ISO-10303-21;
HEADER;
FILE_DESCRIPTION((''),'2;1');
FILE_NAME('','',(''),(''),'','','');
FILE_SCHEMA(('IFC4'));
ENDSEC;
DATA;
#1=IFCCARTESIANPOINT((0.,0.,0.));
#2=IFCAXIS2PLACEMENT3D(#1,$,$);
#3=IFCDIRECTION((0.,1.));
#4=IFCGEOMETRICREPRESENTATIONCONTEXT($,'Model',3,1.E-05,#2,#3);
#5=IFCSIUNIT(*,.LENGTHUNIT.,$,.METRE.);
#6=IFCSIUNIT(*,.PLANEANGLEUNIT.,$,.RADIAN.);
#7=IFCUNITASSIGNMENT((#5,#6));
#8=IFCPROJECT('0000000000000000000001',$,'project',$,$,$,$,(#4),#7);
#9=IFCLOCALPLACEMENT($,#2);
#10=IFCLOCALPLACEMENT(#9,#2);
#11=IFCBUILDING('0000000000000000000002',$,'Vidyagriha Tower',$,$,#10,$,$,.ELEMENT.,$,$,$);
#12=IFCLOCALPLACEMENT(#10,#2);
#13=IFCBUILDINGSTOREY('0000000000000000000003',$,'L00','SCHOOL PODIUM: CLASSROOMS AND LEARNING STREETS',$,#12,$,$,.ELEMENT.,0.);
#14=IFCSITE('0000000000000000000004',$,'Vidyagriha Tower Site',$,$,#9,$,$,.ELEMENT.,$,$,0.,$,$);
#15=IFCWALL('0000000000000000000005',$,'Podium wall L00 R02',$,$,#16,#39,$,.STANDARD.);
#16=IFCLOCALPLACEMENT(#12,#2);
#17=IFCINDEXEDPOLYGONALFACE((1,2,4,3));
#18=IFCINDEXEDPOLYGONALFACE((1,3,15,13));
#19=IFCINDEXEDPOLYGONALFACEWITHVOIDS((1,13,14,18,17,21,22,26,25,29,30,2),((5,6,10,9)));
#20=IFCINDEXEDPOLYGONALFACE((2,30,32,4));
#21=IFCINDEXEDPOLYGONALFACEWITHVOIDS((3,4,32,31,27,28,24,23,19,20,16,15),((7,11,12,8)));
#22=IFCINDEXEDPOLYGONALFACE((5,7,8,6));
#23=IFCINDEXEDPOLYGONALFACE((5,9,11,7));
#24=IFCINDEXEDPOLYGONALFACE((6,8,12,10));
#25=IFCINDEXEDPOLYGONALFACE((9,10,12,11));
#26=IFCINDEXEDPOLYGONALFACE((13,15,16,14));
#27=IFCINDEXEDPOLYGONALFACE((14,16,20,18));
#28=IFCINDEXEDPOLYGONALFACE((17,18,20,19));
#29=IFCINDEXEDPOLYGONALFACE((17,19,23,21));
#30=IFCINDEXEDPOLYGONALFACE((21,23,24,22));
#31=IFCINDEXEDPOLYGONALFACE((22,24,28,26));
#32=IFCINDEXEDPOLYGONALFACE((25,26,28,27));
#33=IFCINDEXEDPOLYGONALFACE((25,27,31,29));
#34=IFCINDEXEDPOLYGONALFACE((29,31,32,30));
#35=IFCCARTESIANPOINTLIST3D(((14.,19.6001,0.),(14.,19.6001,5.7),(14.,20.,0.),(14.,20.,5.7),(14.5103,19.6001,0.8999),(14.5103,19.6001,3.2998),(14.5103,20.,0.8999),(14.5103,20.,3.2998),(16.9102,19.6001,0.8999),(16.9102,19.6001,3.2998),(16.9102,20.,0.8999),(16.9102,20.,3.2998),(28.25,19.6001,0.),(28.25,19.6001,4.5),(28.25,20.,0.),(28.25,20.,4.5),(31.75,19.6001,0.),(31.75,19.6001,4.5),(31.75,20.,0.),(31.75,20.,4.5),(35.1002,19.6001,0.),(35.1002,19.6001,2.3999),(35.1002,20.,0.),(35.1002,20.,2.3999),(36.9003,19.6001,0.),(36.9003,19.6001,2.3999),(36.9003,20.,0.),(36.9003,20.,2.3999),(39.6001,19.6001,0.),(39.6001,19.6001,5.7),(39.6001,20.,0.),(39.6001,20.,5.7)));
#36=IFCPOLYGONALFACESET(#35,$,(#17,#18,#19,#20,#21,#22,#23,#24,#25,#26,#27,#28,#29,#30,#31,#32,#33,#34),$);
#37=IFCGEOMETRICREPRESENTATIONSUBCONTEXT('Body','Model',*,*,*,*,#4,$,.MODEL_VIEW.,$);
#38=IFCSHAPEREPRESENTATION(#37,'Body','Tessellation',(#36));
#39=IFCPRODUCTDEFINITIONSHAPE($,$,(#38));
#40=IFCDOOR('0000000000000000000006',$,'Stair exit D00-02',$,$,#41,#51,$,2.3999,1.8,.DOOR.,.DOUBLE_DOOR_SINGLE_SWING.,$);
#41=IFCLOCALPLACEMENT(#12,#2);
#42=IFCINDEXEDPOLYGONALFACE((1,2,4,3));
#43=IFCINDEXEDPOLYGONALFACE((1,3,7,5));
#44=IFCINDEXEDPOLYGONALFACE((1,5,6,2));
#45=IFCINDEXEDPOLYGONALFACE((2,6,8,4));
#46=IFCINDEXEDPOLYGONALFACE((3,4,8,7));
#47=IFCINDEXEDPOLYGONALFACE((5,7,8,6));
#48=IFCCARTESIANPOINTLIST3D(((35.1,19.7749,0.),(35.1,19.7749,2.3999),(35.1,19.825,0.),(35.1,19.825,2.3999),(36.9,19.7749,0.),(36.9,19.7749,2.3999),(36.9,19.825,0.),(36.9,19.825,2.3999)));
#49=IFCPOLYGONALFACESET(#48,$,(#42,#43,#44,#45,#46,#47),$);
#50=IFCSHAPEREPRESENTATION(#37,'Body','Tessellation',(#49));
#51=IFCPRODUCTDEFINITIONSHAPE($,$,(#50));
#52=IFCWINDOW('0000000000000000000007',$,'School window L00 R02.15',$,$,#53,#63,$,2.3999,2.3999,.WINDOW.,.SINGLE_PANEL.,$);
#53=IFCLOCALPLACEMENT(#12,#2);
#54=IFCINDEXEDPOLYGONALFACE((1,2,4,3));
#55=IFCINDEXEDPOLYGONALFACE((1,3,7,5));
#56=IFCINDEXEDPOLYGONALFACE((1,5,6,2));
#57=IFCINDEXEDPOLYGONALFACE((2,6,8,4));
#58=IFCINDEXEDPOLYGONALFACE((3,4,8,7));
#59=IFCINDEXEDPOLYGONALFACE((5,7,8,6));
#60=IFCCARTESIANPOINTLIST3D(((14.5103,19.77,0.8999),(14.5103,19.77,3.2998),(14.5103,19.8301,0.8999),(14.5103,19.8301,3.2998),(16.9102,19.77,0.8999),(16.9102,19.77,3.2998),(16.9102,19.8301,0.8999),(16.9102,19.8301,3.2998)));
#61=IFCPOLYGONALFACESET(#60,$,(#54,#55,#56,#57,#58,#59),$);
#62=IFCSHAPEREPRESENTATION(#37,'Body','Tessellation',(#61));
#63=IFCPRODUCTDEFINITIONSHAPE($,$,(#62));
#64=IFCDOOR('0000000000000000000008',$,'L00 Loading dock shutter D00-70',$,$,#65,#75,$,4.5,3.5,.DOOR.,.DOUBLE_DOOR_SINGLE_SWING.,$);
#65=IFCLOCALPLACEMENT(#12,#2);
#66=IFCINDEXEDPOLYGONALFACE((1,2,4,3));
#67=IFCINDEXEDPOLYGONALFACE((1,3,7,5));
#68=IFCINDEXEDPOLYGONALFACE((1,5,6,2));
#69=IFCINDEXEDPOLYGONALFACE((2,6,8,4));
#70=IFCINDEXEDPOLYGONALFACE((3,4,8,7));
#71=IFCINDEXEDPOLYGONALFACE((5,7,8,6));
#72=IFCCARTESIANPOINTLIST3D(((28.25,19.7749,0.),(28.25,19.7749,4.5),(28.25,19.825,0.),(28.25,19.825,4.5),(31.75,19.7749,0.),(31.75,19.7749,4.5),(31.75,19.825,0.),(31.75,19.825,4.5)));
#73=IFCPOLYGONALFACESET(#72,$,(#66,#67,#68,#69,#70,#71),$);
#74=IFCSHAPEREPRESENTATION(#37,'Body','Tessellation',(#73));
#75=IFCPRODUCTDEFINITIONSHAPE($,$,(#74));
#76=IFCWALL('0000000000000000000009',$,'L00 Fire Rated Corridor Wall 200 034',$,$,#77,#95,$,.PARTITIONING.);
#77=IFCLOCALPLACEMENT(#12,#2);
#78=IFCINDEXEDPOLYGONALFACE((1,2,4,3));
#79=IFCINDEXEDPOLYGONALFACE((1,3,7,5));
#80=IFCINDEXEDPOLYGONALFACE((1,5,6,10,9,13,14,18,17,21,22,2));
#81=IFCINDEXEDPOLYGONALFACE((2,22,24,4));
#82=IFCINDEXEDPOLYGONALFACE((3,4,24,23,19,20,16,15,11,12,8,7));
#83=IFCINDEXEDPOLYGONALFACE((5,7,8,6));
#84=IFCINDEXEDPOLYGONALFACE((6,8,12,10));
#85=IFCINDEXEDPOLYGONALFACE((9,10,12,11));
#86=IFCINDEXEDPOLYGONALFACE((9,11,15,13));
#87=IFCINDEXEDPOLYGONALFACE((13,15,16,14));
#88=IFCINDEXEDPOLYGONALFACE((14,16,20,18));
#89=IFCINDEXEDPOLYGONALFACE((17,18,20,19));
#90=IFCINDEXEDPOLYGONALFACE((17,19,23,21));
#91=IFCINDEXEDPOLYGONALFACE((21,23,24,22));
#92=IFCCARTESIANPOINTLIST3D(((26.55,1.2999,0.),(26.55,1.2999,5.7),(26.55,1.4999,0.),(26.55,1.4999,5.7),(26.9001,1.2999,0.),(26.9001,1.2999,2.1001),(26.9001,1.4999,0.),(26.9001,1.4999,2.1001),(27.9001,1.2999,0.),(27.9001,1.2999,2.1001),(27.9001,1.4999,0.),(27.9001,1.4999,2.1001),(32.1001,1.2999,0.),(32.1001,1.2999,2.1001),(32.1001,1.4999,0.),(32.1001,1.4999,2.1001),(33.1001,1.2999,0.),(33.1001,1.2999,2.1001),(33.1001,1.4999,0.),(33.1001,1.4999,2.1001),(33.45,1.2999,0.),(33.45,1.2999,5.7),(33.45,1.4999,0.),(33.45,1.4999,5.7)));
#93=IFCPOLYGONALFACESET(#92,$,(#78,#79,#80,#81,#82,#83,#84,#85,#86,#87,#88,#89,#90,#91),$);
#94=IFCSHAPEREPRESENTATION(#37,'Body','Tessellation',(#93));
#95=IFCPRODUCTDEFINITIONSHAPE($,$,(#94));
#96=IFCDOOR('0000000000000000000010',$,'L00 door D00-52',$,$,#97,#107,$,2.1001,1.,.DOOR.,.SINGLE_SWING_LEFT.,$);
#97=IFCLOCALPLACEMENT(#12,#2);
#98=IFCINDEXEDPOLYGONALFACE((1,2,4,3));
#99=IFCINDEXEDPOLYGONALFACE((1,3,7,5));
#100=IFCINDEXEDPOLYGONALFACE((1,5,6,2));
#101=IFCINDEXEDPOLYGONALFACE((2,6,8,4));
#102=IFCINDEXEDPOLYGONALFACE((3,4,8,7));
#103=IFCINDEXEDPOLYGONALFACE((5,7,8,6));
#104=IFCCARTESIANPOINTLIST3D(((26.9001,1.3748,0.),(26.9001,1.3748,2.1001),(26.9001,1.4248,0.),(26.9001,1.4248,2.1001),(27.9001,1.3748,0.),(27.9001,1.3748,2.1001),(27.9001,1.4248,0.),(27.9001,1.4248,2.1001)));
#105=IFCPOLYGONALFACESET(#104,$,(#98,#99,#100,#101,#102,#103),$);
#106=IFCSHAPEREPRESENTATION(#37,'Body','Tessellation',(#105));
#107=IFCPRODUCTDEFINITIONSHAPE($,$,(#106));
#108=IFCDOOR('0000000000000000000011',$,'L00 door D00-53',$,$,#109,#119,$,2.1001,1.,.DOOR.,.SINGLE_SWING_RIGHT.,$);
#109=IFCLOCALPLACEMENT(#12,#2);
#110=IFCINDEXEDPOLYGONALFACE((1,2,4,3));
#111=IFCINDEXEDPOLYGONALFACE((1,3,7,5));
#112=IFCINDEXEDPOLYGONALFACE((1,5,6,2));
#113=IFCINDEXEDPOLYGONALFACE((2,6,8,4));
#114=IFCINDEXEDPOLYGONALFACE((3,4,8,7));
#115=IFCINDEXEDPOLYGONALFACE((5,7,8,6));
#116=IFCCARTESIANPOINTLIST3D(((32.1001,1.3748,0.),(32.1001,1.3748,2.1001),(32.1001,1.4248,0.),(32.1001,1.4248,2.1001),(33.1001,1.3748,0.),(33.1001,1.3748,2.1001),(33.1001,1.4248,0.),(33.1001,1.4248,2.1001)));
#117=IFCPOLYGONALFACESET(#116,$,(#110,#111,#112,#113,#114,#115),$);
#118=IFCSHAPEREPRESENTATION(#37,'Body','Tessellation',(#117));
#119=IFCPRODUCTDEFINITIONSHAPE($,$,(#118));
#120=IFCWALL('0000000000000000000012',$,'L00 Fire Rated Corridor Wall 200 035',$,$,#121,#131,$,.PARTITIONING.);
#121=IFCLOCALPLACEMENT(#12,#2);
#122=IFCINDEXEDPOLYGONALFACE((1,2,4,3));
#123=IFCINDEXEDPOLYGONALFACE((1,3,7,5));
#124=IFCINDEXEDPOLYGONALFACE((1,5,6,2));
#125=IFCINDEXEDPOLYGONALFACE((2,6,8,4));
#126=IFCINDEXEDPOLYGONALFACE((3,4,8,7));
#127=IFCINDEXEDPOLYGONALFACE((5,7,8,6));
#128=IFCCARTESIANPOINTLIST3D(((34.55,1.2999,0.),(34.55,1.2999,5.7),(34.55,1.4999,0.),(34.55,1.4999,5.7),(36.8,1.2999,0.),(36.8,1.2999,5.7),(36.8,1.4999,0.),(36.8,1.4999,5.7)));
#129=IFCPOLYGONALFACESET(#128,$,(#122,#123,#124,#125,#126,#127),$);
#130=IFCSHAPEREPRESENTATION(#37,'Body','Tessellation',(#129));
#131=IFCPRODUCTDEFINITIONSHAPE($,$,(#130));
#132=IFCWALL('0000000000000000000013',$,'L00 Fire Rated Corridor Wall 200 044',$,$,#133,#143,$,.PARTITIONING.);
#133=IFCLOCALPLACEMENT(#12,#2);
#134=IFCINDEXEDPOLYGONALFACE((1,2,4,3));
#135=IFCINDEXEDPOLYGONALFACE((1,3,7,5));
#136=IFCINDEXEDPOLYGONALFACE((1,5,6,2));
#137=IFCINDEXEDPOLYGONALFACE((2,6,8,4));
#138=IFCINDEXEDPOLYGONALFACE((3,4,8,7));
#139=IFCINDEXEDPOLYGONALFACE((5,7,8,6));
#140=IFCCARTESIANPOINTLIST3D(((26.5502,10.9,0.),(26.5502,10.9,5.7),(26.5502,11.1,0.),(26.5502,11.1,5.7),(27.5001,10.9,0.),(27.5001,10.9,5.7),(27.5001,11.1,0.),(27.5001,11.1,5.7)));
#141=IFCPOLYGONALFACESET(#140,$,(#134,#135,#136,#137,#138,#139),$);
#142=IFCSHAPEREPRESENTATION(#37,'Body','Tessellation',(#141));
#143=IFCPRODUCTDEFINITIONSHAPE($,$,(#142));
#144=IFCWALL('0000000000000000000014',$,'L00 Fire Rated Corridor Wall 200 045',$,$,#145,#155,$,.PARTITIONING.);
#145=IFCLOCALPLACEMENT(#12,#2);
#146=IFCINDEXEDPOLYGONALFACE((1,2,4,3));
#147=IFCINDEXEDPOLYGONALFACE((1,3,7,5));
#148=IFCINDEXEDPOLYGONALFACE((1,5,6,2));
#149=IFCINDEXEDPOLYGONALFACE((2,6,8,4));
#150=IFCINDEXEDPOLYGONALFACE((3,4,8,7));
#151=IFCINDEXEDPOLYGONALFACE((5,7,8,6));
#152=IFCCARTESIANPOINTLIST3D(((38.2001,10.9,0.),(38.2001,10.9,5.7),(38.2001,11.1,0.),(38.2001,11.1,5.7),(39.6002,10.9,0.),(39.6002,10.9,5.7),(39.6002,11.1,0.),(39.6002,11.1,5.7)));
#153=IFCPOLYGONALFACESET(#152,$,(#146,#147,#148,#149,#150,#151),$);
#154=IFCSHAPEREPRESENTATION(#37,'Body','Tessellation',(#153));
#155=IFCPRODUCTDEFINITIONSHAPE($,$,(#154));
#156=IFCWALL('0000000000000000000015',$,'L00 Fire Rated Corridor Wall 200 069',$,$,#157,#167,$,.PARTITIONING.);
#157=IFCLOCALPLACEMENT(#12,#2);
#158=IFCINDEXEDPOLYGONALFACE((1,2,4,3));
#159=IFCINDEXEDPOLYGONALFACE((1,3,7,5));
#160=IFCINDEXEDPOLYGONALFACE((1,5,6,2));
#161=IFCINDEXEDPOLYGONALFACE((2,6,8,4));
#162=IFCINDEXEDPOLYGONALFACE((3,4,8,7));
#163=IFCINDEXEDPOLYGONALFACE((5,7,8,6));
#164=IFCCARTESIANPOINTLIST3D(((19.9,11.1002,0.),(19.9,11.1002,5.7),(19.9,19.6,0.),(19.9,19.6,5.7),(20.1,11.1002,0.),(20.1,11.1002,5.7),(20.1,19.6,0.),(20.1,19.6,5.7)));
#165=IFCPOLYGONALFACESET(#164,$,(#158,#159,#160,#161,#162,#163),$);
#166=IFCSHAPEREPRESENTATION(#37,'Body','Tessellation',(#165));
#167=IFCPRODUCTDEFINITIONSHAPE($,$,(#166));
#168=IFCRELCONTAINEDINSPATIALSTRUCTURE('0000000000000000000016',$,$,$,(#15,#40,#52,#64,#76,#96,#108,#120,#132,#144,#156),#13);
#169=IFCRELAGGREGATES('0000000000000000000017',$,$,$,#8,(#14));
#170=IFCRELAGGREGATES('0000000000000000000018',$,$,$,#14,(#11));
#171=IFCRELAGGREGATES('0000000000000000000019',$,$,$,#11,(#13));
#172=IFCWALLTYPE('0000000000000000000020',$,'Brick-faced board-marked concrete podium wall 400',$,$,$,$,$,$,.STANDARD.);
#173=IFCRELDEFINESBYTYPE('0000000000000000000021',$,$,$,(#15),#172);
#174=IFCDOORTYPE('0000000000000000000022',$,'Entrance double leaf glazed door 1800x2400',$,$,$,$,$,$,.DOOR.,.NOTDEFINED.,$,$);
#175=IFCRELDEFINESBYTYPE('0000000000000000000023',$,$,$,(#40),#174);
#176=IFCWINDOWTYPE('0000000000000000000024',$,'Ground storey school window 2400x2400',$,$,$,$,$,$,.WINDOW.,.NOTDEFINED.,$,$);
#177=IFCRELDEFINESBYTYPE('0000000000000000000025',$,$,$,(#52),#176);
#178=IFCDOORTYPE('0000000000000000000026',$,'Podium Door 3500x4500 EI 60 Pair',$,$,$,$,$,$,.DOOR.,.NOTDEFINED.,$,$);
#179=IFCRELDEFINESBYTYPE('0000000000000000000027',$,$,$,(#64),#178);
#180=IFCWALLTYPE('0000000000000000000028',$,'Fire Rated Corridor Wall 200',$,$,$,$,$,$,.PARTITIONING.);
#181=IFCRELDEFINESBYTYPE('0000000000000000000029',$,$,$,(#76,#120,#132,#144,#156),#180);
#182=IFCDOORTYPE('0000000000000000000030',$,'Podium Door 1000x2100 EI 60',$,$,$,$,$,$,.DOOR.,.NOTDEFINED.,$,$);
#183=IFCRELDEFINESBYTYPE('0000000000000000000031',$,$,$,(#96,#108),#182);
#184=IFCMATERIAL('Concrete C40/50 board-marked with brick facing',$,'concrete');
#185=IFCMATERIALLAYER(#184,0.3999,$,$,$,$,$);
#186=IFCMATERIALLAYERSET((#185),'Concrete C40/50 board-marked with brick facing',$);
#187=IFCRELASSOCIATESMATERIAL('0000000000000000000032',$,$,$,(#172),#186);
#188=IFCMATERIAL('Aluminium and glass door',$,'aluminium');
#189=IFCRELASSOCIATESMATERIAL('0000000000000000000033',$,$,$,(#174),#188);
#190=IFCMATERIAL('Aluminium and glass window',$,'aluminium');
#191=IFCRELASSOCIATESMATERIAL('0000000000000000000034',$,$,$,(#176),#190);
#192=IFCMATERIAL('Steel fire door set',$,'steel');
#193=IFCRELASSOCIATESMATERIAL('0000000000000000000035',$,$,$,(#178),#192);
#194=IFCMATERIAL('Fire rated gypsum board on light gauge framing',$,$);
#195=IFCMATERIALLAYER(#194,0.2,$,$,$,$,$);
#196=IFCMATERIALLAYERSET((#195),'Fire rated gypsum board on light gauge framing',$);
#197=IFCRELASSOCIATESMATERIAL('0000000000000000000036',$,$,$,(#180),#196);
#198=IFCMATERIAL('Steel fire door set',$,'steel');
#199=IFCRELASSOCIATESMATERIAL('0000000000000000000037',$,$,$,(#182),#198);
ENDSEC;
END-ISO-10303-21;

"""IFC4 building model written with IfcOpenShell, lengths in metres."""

from ifc_helpers import new_model, si_unit, direction, frame, frame_2d, origin, place, context, subcontext, project, spatial, rectangle, extrude, material, layer, layer_set, type_object, element, fill, save


model = new_model("IFC4")

# Units and contexts
model_context = context("Model", 3, precision=1e-05, world=origin(), true_north=direction((0.0, 1.0)))
body_context = subcontext(model_context, "Body", "Model", "MODEL_VIEW")
ifc_project = project(units=[si_unit("LENGTHUNIT", "METRE"), si_unit("PLANEANGLEUNIT", "RADIAN")], contexts=[model_context])

# Site, building, storey
site_placement = place(None, origin())
site = spatial("IfcSite", under=ifc_project, at=site_placement, Name="Vidyagriha Tower Site", CompositionType="ELEMENT", RefElevation=0.0)
building_placement = place(site_placement, origin())
building = spatial("IfcBuilding", under=site, at=building_placement, Name="Vidyagriha Tower", CompositionType="ELEMENT")
storey_placement = place(building_placement, origin())
storey = spatial("IfcBuildingStorey", under=building, at=storey_placement, Name="L00", Description="SCHOOL PODIUM: CLASSROOMS AND LEARNING STREETS", CompositionType="ELEMENT", Elevation=0.0)

# Wall, openings, doors, window
ifc_material_1 = material(Name="Concrete C40/50 board-marked with brick facing", Category="concrete")
ifc_layer_1 = layer(ifc_material_1, 0.3999)
ifc_layer_set_1 = layer_set([ifc_layer_1], Name="Concrete C40/50 board-marked with brick facing")
wall_type_1 = type_object("IfcWallType", Name="Brick-faced board-marked concrete podium wall 400", PredefinedType="STANDARD", material=ifc_layer_set_1)
wall_1_placement = place(storey_placement, frame((39.6001, 19.8, 0.0), z_axis=(0.0, 0.0, 1.0), x_axis=(-1.0, 0.0, 0.0)))
wall_1 = element("IfcWall", 1, at=wall_1_placement, inside=storey, type_object=wall_type_1, Name="Podium wall L00 R02", PredefinedType="STANDARD", context=body_context, shape_type="SweptSolid", body=[
    extrude(rectangle(XDim=25.6001, YDim=0.3999, at=frame_2d((12.8, 0.0))), origin(), (0.0, 0.0, 1.0), 5.7),
])
opening_1_placement = place(wall_1_placement, frame((2.7, 0.0, 0.0)))
opening_1 = element("IfcOpeningElement", 2, at=opening_1_placement, cuts=wall_1, PredefinedType="OPENING", context=body_context, shape_type="SweptSolid", body=[
    extrude(rectangle(XDim=1.8, YDim=2.3999, at=frame_2d((0.8999, 1.2))), frame((0.0, 0.21, 0.0), z_axis=(0.0, -1.0, 0.0), x_axis=(1.0, 0.0, 0.0)), (0.0, 0.0, 1.0), 0.4199),
])
opening_2_placement = place(wall_1_placement, frame((22.6899, 0.0, 0.8999)))
opening_2 = element("IfcOpeningElement", 3, at=opening_2_placement, cuts=wall_1, PredefinedType="OPENING", context=body_context, shape_type="SweptSolid", body=[
    extrude(rectangle(XDim=2.3999, YDim=2.3999, at=frame_2d((1.2, 1.2))), frame((0.0, 0.21, 0.0), z_axis=(0.0, -1.0, 0.0), x_axis=(1.0, 0.0, 0.0)), (0.0, 0.0, 1.0), 0.4199),
])
opening_3_placement = place(wall_1_placement, frame((7.8501, 0.0, 0.0)))
opening_3 = element("IfcOpeningElement", 4, at=opening_3_placement, cuts=wall_1, PredefinedType="OPENING", context=body_context, shape_type="SweptSolid", body=[
    extrude(rectangle(XDim=3.5, YDim=4.5, at=frame_2d((1.75, 2.25))), frame((0.0, 0.21, 0.0), z_axis=(0.0, -1.0, 0.0), x_axis=(1.0, 0.0, 0.0)), (0.0, 0.0, 1.0), 0.4199),
])
ifc_material_2 = material(Name="Aluminium and glass door", Category="aluminium")
door_type_1 = type_object("IfcDoorType", Name="Entrance double leaf glazed door 1800x2400", OperationType="NOTDEFINED", PredefinedType="DOOR", material=ifc_material_2)
door_1_placement = place(opening_1_placement, frame((1.8, 0.0, 0.0), z_axis=(0.0, 0.0, 1.0), x_axis=(-1.0, 0.0, 0.0)))
door_1 = element("IfcDoor", 5, at=door_1_placement, inside=storey, type_object=door_type_1, Name="Stair exit D00-02", OperationType="DOUBLE_DOOR_SINGLE_SWING", OverallHeight=2.3999, OverallWidth=1.8, PredefinedType="DOOR", context=body_context, shape_type="SweptSolid", body=[
    extrude(rectangle(XDim=1.8, YDim=2.3999, at=frame_2d((0.8999, 1.2))), frame((0.0, 0.0249, 0.0), z_axis=(0.0, -1.0, 0.0), x_axis=(1.0, 0.0, 0.0)), (0.0, 0.0, 1.0), 0.05),
])
fill(opening_1, door_1)
ifc_material_3 = material(Name="Aluminium and glass window", Category="aluminium")
window_type = type_object("IfcWindowType", Name="Ground storey school window 2400x2400", PartitioningType="NOTDEFINED", PredefinedType="WINDOW", material=ifc_material_3)
window_placement = place(opening_2_placement, origin())
window = element("IfcWindow", 6, at=window_placement, inside=storey, type_object=window_type, Name="School window L00 R02.15", OverallHeight=2.3999, OverallWidth=2.3999, PartitioningType="SINGLE_PANEL", PredefinedType="WINDOW", context=body_context, shape_type="SweptSolid", body=[
    extrude(rectangle(XDim=2.3999, YDim=2.3999, at=frame_2d((1.2, 1.2))), frame((0.0, 0.03, 0.0), z_axis=(0.0, -1.0, 0.0), x_axis=(1.0, 0.0, 0.0)), (0.0, 0.0, 1.0), 0.0601),
])
fill(opening_2, window)
ifc_material_4 = material(Name="Steel fire door set", Category="steel")
door_type_2 = type_object("IfcDoorType", Name="Podium Door 3500x4500 EI 60 Pair", OperationType="NOTDEFINED", PredefinedType="DOOR", material=ifc_material_4)
door_2_placement = place(opening_3_placement, frame((3.5, 0.0, 0.0), z_axis=(0.0, 0.0, 1.0), x_axis=(-1.0, 0.0, 0.0)))
door_2 = element("IfcDoor", 7, at=door_2_placement, inside=storey, type_object=door_type_2, Name="L00 Loading dock shutter D00-70", OperationType="DOUBLE_DOOR_SINGLE_SWING", OverallHeight=4.5, OverallWidth=3.5, PredefinedType="DOOR", context=body_context, shape_type="SweptSolid", body=[
    extrude(rectangle(XDim=3.5, YDim=4.5, at=frame_2d((1.75, 2.25))), frame((0.0, 0.0249, 0.0), z_axis=(0.0, -1.0, 0.0), x_axis=(1.0, 0.0, 0.0)), (0.0, 0.0, 1.0), 0.05),
])
fill(opening_3, door_2)

# Wall, openings, doors
ifc_material_5 = material(Name="Fire rated gypsum board on light gauge framing")
ifc_layer_2 = layer(ifc_material_5, 0.2)
ifc_layer_set_2 = layer_set([ifc_layer_2], Name="Fire rated gypsum board on light gauge framing")
wall_type_2 = type_object("IfcWallType", Name="Fire Rated Corridor Wall 200", PredefinedType="PARTITIONING", material=ifc_layer_set_2)
wall_2_placement = place(storey_placement, frame((26.55, 1.3999, 0.0)))
wall_2 = element("IfcWall", 8, at=wall_2_placement, inside=storey, type_object=wall_type_2, Name="L00 Fire Rated Corridor Wall 200 034", PredefinedType="PARTITIONING", context=body_context, shape_type="SweptSolid", body=[
    extrude(rectangle(XDim=6.8999, YDim=0.2, at=frame_2d((3.45, 0.0))), origin(), (0.0, 0.0, 1.0), 5.7),
])
opening_4_placement = place(wall_2_placement, frame((0.3501, 0.0, 0.0)))
opening_4 = element("IfcOpeningElement", 9, at=opening_4_placement, cuts=wall_2, PredefinedType="OPENING", context=body_context, shape_type="SweptSolid", body=[
    extrude(rectangle(XDim=1.0, YDim=2.1001, at=frame_2d((0.5, 1.05))), frame((0.0, 0.1099, 0.0), z_axis=(0.0, -1.0, 0.0), x_axis=(1.0, 0.0, 0.0)), (0.0, 0.0, 1.0), 0.22),
])
opening_5_placement = place(wall_2_placement, frame((5.55, 0.0, 0.0)))
opening_5 = element("IfcOpeningElement", 10, at=opening_5_placement, cuts=wall_2, PredefinedType="OPENING", context=body_context, shape_type="SweptSolid", body=[
    extrude(rectangle(XDim=1.0, YDim=2.1001, at=frame_2d((0.5, 1.05))), frame((0.0, 0.1099, 0.0), z_axis=(0.0, -1.0, 0.0), x_axis=(1.0, 0.0, 0.0)), (0.0, 0.0, 1.0), 0.22),
])
ifc_material_6 = material(Name="Steel fire door set", Category="steel")
door_type_3 = type_object("IfcDoorType", Name="Podium Door 1000x2100 EI 60", OperationType="NOTDEFINED", PredefinedType="DOOR", material=ifc_material_6)
door_3_placement = place(opening_4_placement, origin())
door_3 = element("IfcDoor", 11, at=door_3_placement, inside=storey, type_object=door_type_3, Name="L00 door D00-52", OperationType="SINGLE_SWING_LEFT", OverallHeight=2.1001, OverallWidth=1.0, PredefinedType="DOOR", context=body_context, shape_type="SweptSolid", body=[
    extrude(rectangle(XDim=1.0, YDim=2.1001, at=frame_2d((0.5, 1.05))), frame((0.0, 0.0249, 0.0), z_axis=(0.0, -1.0, 0.0), x_axis=(1.0, 0.0, 0.0)), (0.0, 0.0, 1.0), 0.05),
])
fill(opening_4, door_3)
door_4_placement = place(opening_5_placement, origin())
door_4 = element("IfcDoor", 12, at=door_4_placement, inside=storey, type_object=door_type_3, Name="L00 door D00-53", OperationType="SINGLE_SWING_RIGHT", OverallHeight=2.1001, OverallWidth=1.0, PredefinedType="DOOR", context=body_context, shape_type="SweptSolid", body=[
    extrude(rectangle(XDim=1.0, YDim=2.1001, at=frame_2d((0.5, 1.05))), frame((0.0, 0.0249, 0.0), z_axis=(0.0, -1.0, 0.0), x_axis=(1.0, 0.0, 0.0)), (0.0, 0.0, 1.0), 0.05),
])
fill(opening_5, door_4)

# Walls
wall_3_placement = place(storey_placement, frame((34.55, 1.3999, 0.0)))
element("IfcWall", 13, at=wall_3_placement, inside=storey, type_object=wall_type_2, Name="L00 Fire Rated Corridor Wall 200 035", PredefinedType="PARTITIONING", context=body_context, shape_type="SweptSolid", body=[
    extrude(rectangle(XDim=2.25, YDim=0.2, at=frame_2d((1.125, 0.0))), origin(), (0.0, 0.0, 1.0), 5.7),
])
wall_4_placement = place(storey_placement, frame((26.55, 11.0, 0.0)))
element("IfcWall", 14, at=wall_4_placement, inside=storey, type_object=wall_type_2, Name="L00 Fire Rated Corridor Wall 200 044", PredefinedType="PARTITIONING", context=body_context, shape_type="SweptSolid", body=[
    extrude(rectangle(XDim=0.95, YDim=0.2, at=frame_2d((0.4751, 0.0))), origin(), (0.0, 0.0, 1.0), 5.7),
])
wall_5_placement = place(storey_placement, frame((38.2, 11.0, 0.0)))
element("IfcWall", 15, at=wall_5_placement, inside=storey, type_object=wall_type_2, Name="L00 Fire Rated Corridor Wall 200 045", PredefinedType="PARTITIONING", context=body_context, shape_type="SweptSolid", body=[
    extrude(rectangle(XDim=1.4001, YDim=0.2, at=frame_2d((0.7002, 0.0))), origin(), (0.0, 0.0, 1.0), 5.7),
])
wall_6_placement = place(storey_placement, frame((20.0, 11.1001, 0.0), z_axis=(0.0, 0.0, 1.0), x_axis=(0.0, 1.0, 0.0)))
element("IfcWall", 16, at=wall_6_placement, inside=storey, type_object=wall_type_2, Name="L00 Fire Rated Corridor Wall 200 069", PredefinedType="PARTITIONING", context=body_context, shape_type="SweptSolid", body=[
    extrude(rectangle(XDim=8.4998, YDim=0.2, at=frame_2d((4.25, 0.0))), origin(), (0.0, 0.0, 1.0), 5.7),
])

save(model, "model.ifc")
